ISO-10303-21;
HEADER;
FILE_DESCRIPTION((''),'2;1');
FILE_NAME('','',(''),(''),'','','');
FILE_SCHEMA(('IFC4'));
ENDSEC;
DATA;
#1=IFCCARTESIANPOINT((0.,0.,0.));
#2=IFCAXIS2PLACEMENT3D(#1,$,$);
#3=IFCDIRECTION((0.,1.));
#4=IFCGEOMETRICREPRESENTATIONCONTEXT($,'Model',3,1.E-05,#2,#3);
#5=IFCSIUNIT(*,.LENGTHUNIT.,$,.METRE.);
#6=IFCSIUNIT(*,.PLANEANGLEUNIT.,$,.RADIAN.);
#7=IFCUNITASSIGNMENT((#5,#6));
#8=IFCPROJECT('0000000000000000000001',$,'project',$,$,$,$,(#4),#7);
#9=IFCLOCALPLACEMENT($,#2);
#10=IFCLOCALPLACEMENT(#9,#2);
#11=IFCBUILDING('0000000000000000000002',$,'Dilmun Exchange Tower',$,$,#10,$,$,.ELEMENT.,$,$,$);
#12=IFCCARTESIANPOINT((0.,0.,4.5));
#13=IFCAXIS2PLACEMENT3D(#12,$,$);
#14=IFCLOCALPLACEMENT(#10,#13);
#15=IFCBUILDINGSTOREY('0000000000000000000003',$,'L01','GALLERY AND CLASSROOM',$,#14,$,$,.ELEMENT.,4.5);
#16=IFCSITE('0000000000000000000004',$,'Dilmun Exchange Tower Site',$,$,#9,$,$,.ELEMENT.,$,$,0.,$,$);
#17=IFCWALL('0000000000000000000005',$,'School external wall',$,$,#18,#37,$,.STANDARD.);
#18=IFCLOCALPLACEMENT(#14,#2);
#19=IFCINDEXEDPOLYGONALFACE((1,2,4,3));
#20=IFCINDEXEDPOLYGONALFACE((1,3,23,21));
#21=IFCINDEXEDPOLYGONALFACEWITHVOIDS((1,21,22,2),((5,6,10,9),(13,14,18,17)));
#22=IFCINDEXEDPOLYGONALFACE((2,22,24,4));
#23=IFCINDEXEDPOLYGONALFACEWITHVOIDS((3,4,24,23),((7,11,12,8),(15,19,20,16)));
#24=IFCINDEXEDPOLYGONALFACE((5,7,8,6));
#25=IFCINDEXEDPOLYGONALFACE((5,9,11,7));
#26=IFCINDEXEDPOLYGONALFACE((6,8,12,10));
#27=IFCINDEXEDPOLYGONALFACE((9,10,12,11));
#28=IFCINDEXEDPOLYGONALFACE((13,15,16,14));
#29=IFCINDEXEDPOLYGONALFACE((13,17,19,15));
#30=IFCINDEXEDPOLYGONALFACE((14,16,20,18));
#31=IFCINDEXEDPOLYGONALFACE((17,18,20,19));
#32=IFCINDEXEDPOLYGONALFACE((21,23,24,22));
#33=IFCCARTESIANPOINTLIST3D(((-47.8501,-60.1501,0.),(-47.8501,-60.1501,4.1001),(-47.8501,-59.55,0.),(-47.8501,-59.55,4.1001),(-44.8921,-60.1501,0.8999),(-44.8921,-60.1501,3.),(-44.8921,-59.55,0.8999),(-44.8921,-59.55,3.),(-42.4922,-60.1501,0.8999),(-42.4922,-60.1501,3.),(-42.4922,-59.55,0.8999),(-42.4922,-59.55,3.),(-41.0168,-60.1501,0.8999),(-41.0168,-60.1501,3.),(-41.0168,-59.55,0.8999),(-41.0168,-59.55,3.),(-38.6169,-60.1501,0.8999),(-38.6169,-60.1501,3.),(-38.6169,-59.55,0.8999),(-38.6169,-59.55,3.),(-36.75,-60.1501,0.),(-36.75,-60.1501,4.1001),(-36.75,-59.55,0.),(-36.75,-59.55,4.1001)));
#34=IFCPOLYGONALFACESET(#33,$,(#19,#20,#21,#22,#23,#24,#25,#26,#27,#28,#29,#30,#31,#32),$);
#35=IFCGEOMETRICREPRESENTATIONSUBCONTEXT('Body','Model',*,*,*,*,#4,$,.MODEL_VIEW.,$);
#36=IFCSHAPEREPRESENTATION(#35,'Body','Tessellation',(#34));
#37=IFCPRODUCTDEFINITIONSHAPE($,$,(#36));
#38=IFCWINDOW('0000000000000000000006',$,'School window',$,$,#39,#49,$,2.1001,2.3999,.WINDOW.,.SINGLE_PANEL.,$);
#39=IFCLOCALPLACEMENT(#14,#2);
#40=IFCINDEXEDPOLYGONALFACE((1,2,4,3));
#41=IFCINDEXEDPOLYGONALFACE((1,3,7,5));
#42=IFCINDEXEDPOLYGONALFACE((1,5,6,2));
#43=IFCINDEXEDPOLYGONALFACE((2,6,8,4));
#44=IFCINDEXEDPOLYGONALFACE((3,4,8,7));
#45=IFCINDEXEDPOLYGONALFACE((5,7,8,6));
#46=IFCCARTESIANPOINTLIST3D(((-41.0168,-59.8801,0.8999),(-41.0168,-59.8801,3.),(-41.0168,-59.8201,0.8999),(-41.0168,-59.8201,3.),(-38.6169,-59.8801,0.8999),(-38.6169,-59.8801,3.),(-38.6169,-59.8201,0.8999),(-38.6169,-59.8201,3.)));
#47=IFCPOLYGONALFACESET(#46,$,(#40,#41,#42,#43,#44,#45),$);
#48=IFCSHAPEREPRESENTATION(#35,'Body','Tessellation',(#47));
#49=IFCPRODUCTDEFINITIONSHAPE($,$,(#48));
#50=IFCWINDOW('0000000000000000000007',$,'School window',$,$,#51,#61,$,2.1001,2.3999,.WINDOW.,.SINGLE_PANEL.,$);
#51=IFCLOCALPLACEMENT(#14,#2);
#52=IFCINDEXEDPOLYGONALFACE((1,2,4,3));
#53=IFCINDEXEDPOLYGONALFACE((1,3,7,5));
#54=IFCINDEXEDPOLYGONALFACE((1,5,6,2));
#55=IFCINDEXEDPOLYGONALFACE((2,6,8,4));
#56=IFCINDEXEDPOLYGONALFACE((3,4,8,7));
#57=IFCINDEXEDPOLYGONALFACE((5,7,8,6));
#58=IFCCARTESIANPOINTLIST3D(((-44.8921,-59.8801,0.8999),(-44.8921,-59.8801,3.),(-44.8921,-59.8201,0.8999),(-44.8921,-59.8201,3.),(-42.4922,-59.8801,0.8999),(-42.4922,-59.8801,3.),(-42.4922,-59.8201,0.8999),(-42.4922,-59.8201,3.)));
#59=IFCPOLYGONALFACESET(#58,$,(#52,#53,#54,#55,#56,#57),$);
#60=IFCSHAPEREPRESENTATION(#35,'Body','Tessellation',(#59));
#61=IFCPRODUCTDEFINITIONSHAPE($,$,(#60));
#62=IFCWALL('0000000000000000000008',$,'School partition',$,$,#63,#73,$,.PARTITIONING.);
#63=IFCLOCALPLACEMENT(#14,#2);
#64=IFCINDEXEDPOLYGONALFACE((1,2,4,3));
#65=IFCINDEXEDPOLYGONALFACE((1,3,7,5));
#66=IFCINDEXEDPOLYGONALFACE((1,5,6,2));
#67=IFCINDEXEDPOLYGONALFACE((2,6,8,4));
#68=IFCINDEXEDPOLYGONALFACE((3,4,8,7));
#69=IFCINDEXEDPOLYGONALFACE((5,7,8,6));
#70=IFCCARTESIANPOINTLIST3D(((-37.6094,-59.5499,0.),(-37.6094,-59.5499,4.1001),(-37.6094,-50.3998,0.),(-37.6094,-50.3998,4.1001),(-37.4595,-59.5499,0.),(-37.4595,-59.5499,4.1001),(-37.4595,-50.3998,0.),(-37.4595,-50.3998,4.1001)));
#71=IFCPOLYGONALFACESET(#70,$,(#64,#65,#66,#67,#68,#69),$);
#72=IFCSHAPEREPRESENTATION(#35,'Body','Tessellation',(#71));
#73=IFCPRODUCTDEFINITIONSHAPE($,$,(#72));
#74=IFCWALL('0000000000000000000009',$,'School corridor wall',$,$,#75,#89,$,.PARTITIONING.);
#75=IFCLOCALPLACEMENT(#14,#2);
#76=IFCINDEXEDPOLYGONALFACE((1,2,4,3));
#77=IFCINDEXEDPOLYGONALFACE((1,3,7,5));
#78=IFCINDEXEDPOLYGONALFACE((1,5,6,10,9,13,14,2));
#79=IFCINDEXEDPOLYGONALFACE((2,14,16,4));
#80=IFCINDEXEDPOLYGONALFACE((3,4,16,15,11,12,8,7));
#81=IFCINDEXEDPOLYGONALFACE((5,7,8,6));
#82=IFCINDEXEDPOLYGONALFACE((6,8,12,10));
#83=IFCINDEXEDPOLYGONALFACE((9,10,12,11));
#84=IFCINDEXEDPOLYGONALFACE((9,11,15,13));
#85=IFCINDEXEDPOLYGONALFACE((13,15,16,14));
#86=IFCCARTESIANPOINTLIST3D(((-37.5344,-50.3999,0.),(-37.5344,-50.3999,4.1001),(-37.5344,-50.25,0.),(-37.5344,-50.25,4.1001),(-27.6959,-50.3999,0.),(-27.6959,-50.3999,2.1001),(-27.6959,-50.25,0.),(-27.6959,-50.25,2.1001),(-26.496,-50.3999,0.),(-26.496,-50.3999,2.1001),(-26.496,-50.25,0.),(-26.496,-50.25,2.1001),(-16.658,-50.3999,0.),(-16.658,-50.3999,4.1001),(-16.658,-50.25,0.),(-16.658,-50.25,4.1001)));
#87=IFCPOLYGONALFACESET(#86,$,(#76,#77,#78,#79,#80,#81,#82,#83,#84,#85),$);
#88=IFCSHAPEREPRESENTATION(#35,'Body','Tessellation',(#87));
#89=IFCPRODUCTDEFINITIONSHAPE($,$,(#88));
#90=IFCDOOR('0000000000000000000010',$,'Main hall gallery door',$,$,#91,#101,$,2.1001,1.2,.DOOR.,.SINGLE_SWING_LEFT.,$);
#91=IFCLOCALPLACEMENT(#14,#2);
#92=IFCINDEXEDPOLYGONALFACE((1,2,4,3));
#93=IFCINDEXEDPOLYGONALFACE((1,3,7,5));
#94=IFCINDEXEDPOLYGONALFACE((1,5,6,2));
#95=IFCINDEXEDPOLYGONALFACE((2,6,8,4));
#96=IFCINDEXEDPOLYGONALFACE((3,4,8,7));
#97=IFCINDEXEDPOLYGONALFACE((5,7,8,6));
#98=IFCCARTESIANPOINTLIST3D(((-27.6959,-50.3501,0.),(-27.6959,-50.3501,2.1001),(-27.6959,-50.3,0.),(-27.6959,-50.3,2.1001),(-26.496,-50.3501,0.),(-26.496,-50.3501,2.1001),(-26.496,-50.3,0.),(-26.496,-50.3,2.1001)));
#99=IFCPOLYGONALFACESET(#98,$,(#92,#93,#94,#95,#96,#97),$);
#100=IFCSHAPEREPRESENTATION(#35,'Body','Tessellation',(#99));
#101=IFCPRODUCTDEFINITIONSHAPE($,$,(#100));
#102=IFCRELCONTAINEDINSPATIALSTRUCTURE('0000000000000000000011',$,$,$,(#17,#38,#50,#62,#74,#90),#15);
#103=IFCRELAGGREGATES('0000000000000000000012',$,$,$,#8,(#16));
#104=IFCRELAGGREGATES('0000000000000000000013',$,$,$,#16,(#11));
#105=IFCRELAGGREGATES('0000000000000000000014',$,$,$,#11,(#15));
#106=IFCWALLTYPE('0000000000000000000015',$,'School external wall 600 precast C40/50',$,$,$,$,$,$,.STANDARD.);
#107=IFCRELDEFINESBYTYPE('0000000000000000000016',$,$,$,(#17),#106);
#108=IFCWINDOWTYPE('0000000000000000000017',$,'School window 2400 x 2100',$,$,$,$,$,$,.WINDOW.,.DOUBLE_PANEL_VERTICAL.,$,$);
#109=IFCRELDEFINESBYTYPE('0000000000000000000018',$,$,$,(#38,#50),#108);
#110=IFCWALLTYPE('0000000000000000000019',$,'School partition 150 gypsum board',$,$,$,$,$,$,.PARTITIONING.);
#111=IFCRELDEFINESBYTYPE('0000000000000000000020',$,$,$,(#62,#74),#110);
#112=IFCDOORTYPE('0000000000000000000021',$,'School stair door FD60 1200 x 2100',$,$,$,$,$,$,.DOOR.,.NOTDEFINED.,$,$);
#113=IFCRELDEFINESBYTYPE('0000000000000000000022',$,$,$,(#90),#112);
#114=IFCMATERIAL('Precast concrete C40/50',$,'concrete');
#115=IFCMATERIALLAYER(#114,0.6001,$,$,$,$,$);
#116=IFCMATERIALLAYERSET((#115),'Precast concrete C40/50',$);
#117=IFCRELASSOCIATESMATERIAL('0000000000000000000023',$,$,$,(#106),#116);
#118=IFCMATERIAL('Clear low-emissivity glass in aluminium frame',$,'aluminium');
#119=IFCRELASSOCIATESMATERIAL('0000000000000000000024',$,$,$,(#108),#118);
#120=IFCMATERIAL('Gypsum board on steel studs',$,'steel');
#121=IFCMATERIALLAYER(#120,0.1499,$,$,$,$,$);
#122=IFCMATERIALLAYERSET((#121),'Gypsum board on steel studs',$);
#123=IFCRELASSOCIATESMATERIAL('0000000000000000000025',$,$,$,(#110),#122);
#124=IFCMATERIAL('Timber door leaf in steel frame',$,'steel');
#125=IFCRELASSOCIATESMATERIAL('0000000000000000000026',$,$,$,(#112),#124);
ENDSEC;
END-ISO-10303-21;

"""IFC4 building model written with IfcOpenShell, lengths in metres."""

from ifc_helpers import new_model, si_unit, direction, frame, frame_2d, origin, place, context, subcontext, project, spatial, rectangle, extrude, material, layer, layer_set, type_object, element, fill, save


model = new_model("IFC4")

# Units and contexts
model_context = context("Model", 3, precision=1e-05, world=origin(), true_north=direction((0.0, 1.0)))
body_context = subcontext(model_context, "Body", "Model", "MODEL_VIEW")
ifc_project = project(units=[si_unit("LENGTHUNIT", "METRE"), si_unit("PLANEANGLEUNIT", "RADIAN")], contexts=[model_context])

# Site, building, storey
site_placement = place(None, origin())
site = spatial("IfcSite", under=ifc_project, at=site_placement, Name="Dilmun Exchange Tower Site", CompositionType="ELEMENT", RefElevation=0.0)
building_placement = place(site_placement, origin())
building = spatial("IfcBuilding", under=site, at=building_placement, Name="Dilmun Exchange Tower", CompositionType="ELEMENT")
storey_placement = place(building_placement, frame((0.0, 0.0, 4.5)))
storey = spatial("IfcBuildingStorey", under=building, at=storey_placement, Name="L01", Description="GALLERY AND CLASSROOM", CompositionType="ELEMENT", Elevation=4.5)

# Shared definitions
ifc_material_1 = material(Name="Clear low-emissivity glass in aluminium frame", Category="aluminium")

# Wall, openings, windows
ifc_material_2 = material(Name="Precast concrete C40/50", Category="concrete")
ifc_layer_1 = layer(ifc_material_2, 0.6001)
ifc_layer_set_1 = layer_set([ifc_layer_1], Name="Precast concrete C40/50")
wall_type_1 = type_object("IfcWallType", Name="School external wall 600 precast C40/50", PredefinedType="STANDARD", material=ifc_layer_set_1)
wall_1_placement = place(storey_placement, frame((-36.75, -59.8501, 0.0), z_axis=(0.0, 0.0, 1.0), x_axis=(-1.0, 0.0, 0.0)))
wall_1 = element("IfcWall", 1, at=wall_1_placement, inside=storey, type_object=wall_type_1, Name="School external wall", PredefinedType="STANDARD", context=body_context, shape_type="SweptSolid", body=[
    extrude(rectangle(XDim=11.1001, YDim=0.6001, at=frame_2d((5.55, 0.0))), origin(), (0.0, 0.0, 1.0), 4.1001),
])
opening_1_placement = place(wall_1_placement, frame((1.8669, 0.0, 0.8999)))
opening_1 = element("IfcOpeningElement", 2, at=opening_1_placement, cuts=wall_1, PredefinedType="OPENING", context=body_context, shape_type="SweptSolid", body=[
    extrude(rectangle(XDim=2.3999, YDim=2.1001, at=frame_2d((1.2, 1.05))), frame((0.0, 0.3101, 0.0), z_axis=(0.0, -1.0, 0.0), x_axis=(1.0, 0.0, 0.0)), (0.0, 0.0, 1.0), 0.6201),
])
opening_2_placement = place(wall_1_placement, frame((5.7422, 0.0, 0.8999)))
opening_2 = element("IfcOpeningElement", 3, at=opening_2_placement, cuts=wall_1, PredefinedType="OPENING", context=body_context, shape_type="SweptSolid", body=[
    extrude(rectangle(XDim=2.3999, YDim=2.1001, at=frame_2d((1.2, 1.05))), frame((0.0, 0.3101, 0.0), z_axis=(0.0, -1.0, 0.0), x_axis=(1.0, 0.0, 0.0)), (0.0, 0.0, 1.0), 0.6201),
])
window_type = type_object("IfcWindowType", Name="School window 2400 x 2100", PartitioningType="DOUBLE_PANEL_VERTICAL", PredefinedType="WINDOW", material=ifc_material_1)
window_1_placement = place(opening_1_placement, origin())
window_1 = element("IfcWindow", 4, at=window_1_placement, inside=storey, type_object=window_type, Name="School window", OverallHeight=2.1001, OverallWidth=2.3999, PartitioningType="SINGLE_PANEL", PredefinedType="WINDOW", context=body_context, shape_type="SweptSolid", body=[
    extrude(rectangle(XDim=2.3999, YDim=2.1001, at=frame_2d((1.2, 1.05))), frame((0.0, 0.03, 0.0), z_axis=(0.0, -1.0, 0.0), x_axis=(1.0, 0.0, 0.0)), (0.0, 0.0, 1.0), 0.0601),
])
fill(opening_1, window_1)
window_2_placement = place(opening_2_placement, origin())
window_2 = element("IfcWindow", 5, at=window_2_placement, inside=storey, type_object=window_type, Name="School window", OverallHeight=2.1001, OverallWidth=2.3999, PartitioningType="SINGLE_PANEL", PredefinedType="WINDOW", context=body_context, shape_type="SweptSolid", body=[
    extrude(rectangle(XDim=2.3999, YDim=2.1001, at=frame_2d((1.2, 1.05))), frame((0.0, 0.03, 0.0), z_axis=(0.0, -1.0, 0.0), x_axis=(1.0, 0.0, 0.0)), (0.0, 0.0, 1.0), 0.0601),
])
fill(opening_2, window_2)

# Wall
ifc_material_3 = material(Name="Gypsum board on steel studs", Category="steel")
ifc_layer_2 = layer(ifc_material_3, 0.1499)
ifc_layer_set_2 = layer_set([ifc_layer_2], Name="Gypsum board on steel studs")
wall_type_2 = type_object("IfcWallType", Name="School partition 150 gypsum board", PredefinedType="PARTITIONING", material=ifc_layer_set_2)
wall_2_placement = place(storey_placement, frame((-37.5344, -59.55, 0.0), z_axis=(0.0, 0.0, 1.0), x_axis=(0.0, 1.0, 0.0)))
element("IfcWall", 6, at=wall_2_placement, inside=storey, type_object=wall_type_2, Name="School partition", PredefinedType="PARTITIONING", context=body_context, shape_type="SweptSolid", body=[
    extrude(rectangle(XDim=9.1501, YDim=0.1499, at=frame_2d((4.5752, 0.0))), origin(), (0.0, 0.0, 1.0), 4.1001),
])

# Wall, opening, door
wall_3_placement = place(storey_placement, frame((-37.5344, -50.325, 0.0), z_axis=(0.0, 0.0, 1.0), x_axis=(1.0, 0.0, 0.0)))
wall_3 = element("IfcWall", 7, at=wall_3_placement, inside=storey, type_object=wall_type_2, Name="School corridor wall", PredefinedType="PARTITIONING", context=body_context, shape_type="SweptSolid", body=[
    extrude(rectangle(XDim=20.8765, YDim=0.1499, at=frame_2d((10.4382, 0.0))), origin(), (0.0, 0.0, 1.0), 4.1001),
])
opening_3_placement = place(wall_3_placement, frame((9.8384, 0.0, 0.0)))
opening_3 = element("IfcOpeningElement", 8, at=opening_3_placement, cuts=wall_3, PredefinedType="OPENING", context=body_context, shape_type="SweptSolid", body=[
    extrude(rectangle(XDim=1.2, YDim=2.1001, at=frame_2d((0.6001, 1.05))), frame((0.0, 0.085, 0.0), z_axis=(0.0, -1.0, 0.0), x_axis=(1.0, 0.0, 0.0)), (0.0, 0.0, 1.0), 0.1699),
])
ifc_material_4 = material(Name="Timber door leaf in steel frame", Category="steel")
door_type = type_object("IfcDoorType", Name="School stair door FD60 1200 x 2100", OperationType="NOTDEFINED", PredefinedType="DOOR", material=ifc_material_4)
door_placement = place(opening_3_placement, origin())
door = element("IfcDoor", 9, at=door_placement, inside=storey, type_object=door_type, Name="Main hall gallery door", OperationType="SINGLE_SWING_LEFT", OverallHeight=2.1001, OverallWidth=1.2, PredefinedType="DOOR", context=body_context, shape_type="SweptSolid", body=[
    extrude(rectangle(XDim=1.2, YDim=2.1001, at=frame_2d((0.6001, 1.05))), frame((0.0, 0.0249, 0.0), z_axis=(0.0, -1.0, 0.0), x_axis=(1.0, 0.0, 0.0)), (0.0, 0.0, 1.0), 0.05),
])
fill(opening_3, door)

save(model, "model.ifc")
